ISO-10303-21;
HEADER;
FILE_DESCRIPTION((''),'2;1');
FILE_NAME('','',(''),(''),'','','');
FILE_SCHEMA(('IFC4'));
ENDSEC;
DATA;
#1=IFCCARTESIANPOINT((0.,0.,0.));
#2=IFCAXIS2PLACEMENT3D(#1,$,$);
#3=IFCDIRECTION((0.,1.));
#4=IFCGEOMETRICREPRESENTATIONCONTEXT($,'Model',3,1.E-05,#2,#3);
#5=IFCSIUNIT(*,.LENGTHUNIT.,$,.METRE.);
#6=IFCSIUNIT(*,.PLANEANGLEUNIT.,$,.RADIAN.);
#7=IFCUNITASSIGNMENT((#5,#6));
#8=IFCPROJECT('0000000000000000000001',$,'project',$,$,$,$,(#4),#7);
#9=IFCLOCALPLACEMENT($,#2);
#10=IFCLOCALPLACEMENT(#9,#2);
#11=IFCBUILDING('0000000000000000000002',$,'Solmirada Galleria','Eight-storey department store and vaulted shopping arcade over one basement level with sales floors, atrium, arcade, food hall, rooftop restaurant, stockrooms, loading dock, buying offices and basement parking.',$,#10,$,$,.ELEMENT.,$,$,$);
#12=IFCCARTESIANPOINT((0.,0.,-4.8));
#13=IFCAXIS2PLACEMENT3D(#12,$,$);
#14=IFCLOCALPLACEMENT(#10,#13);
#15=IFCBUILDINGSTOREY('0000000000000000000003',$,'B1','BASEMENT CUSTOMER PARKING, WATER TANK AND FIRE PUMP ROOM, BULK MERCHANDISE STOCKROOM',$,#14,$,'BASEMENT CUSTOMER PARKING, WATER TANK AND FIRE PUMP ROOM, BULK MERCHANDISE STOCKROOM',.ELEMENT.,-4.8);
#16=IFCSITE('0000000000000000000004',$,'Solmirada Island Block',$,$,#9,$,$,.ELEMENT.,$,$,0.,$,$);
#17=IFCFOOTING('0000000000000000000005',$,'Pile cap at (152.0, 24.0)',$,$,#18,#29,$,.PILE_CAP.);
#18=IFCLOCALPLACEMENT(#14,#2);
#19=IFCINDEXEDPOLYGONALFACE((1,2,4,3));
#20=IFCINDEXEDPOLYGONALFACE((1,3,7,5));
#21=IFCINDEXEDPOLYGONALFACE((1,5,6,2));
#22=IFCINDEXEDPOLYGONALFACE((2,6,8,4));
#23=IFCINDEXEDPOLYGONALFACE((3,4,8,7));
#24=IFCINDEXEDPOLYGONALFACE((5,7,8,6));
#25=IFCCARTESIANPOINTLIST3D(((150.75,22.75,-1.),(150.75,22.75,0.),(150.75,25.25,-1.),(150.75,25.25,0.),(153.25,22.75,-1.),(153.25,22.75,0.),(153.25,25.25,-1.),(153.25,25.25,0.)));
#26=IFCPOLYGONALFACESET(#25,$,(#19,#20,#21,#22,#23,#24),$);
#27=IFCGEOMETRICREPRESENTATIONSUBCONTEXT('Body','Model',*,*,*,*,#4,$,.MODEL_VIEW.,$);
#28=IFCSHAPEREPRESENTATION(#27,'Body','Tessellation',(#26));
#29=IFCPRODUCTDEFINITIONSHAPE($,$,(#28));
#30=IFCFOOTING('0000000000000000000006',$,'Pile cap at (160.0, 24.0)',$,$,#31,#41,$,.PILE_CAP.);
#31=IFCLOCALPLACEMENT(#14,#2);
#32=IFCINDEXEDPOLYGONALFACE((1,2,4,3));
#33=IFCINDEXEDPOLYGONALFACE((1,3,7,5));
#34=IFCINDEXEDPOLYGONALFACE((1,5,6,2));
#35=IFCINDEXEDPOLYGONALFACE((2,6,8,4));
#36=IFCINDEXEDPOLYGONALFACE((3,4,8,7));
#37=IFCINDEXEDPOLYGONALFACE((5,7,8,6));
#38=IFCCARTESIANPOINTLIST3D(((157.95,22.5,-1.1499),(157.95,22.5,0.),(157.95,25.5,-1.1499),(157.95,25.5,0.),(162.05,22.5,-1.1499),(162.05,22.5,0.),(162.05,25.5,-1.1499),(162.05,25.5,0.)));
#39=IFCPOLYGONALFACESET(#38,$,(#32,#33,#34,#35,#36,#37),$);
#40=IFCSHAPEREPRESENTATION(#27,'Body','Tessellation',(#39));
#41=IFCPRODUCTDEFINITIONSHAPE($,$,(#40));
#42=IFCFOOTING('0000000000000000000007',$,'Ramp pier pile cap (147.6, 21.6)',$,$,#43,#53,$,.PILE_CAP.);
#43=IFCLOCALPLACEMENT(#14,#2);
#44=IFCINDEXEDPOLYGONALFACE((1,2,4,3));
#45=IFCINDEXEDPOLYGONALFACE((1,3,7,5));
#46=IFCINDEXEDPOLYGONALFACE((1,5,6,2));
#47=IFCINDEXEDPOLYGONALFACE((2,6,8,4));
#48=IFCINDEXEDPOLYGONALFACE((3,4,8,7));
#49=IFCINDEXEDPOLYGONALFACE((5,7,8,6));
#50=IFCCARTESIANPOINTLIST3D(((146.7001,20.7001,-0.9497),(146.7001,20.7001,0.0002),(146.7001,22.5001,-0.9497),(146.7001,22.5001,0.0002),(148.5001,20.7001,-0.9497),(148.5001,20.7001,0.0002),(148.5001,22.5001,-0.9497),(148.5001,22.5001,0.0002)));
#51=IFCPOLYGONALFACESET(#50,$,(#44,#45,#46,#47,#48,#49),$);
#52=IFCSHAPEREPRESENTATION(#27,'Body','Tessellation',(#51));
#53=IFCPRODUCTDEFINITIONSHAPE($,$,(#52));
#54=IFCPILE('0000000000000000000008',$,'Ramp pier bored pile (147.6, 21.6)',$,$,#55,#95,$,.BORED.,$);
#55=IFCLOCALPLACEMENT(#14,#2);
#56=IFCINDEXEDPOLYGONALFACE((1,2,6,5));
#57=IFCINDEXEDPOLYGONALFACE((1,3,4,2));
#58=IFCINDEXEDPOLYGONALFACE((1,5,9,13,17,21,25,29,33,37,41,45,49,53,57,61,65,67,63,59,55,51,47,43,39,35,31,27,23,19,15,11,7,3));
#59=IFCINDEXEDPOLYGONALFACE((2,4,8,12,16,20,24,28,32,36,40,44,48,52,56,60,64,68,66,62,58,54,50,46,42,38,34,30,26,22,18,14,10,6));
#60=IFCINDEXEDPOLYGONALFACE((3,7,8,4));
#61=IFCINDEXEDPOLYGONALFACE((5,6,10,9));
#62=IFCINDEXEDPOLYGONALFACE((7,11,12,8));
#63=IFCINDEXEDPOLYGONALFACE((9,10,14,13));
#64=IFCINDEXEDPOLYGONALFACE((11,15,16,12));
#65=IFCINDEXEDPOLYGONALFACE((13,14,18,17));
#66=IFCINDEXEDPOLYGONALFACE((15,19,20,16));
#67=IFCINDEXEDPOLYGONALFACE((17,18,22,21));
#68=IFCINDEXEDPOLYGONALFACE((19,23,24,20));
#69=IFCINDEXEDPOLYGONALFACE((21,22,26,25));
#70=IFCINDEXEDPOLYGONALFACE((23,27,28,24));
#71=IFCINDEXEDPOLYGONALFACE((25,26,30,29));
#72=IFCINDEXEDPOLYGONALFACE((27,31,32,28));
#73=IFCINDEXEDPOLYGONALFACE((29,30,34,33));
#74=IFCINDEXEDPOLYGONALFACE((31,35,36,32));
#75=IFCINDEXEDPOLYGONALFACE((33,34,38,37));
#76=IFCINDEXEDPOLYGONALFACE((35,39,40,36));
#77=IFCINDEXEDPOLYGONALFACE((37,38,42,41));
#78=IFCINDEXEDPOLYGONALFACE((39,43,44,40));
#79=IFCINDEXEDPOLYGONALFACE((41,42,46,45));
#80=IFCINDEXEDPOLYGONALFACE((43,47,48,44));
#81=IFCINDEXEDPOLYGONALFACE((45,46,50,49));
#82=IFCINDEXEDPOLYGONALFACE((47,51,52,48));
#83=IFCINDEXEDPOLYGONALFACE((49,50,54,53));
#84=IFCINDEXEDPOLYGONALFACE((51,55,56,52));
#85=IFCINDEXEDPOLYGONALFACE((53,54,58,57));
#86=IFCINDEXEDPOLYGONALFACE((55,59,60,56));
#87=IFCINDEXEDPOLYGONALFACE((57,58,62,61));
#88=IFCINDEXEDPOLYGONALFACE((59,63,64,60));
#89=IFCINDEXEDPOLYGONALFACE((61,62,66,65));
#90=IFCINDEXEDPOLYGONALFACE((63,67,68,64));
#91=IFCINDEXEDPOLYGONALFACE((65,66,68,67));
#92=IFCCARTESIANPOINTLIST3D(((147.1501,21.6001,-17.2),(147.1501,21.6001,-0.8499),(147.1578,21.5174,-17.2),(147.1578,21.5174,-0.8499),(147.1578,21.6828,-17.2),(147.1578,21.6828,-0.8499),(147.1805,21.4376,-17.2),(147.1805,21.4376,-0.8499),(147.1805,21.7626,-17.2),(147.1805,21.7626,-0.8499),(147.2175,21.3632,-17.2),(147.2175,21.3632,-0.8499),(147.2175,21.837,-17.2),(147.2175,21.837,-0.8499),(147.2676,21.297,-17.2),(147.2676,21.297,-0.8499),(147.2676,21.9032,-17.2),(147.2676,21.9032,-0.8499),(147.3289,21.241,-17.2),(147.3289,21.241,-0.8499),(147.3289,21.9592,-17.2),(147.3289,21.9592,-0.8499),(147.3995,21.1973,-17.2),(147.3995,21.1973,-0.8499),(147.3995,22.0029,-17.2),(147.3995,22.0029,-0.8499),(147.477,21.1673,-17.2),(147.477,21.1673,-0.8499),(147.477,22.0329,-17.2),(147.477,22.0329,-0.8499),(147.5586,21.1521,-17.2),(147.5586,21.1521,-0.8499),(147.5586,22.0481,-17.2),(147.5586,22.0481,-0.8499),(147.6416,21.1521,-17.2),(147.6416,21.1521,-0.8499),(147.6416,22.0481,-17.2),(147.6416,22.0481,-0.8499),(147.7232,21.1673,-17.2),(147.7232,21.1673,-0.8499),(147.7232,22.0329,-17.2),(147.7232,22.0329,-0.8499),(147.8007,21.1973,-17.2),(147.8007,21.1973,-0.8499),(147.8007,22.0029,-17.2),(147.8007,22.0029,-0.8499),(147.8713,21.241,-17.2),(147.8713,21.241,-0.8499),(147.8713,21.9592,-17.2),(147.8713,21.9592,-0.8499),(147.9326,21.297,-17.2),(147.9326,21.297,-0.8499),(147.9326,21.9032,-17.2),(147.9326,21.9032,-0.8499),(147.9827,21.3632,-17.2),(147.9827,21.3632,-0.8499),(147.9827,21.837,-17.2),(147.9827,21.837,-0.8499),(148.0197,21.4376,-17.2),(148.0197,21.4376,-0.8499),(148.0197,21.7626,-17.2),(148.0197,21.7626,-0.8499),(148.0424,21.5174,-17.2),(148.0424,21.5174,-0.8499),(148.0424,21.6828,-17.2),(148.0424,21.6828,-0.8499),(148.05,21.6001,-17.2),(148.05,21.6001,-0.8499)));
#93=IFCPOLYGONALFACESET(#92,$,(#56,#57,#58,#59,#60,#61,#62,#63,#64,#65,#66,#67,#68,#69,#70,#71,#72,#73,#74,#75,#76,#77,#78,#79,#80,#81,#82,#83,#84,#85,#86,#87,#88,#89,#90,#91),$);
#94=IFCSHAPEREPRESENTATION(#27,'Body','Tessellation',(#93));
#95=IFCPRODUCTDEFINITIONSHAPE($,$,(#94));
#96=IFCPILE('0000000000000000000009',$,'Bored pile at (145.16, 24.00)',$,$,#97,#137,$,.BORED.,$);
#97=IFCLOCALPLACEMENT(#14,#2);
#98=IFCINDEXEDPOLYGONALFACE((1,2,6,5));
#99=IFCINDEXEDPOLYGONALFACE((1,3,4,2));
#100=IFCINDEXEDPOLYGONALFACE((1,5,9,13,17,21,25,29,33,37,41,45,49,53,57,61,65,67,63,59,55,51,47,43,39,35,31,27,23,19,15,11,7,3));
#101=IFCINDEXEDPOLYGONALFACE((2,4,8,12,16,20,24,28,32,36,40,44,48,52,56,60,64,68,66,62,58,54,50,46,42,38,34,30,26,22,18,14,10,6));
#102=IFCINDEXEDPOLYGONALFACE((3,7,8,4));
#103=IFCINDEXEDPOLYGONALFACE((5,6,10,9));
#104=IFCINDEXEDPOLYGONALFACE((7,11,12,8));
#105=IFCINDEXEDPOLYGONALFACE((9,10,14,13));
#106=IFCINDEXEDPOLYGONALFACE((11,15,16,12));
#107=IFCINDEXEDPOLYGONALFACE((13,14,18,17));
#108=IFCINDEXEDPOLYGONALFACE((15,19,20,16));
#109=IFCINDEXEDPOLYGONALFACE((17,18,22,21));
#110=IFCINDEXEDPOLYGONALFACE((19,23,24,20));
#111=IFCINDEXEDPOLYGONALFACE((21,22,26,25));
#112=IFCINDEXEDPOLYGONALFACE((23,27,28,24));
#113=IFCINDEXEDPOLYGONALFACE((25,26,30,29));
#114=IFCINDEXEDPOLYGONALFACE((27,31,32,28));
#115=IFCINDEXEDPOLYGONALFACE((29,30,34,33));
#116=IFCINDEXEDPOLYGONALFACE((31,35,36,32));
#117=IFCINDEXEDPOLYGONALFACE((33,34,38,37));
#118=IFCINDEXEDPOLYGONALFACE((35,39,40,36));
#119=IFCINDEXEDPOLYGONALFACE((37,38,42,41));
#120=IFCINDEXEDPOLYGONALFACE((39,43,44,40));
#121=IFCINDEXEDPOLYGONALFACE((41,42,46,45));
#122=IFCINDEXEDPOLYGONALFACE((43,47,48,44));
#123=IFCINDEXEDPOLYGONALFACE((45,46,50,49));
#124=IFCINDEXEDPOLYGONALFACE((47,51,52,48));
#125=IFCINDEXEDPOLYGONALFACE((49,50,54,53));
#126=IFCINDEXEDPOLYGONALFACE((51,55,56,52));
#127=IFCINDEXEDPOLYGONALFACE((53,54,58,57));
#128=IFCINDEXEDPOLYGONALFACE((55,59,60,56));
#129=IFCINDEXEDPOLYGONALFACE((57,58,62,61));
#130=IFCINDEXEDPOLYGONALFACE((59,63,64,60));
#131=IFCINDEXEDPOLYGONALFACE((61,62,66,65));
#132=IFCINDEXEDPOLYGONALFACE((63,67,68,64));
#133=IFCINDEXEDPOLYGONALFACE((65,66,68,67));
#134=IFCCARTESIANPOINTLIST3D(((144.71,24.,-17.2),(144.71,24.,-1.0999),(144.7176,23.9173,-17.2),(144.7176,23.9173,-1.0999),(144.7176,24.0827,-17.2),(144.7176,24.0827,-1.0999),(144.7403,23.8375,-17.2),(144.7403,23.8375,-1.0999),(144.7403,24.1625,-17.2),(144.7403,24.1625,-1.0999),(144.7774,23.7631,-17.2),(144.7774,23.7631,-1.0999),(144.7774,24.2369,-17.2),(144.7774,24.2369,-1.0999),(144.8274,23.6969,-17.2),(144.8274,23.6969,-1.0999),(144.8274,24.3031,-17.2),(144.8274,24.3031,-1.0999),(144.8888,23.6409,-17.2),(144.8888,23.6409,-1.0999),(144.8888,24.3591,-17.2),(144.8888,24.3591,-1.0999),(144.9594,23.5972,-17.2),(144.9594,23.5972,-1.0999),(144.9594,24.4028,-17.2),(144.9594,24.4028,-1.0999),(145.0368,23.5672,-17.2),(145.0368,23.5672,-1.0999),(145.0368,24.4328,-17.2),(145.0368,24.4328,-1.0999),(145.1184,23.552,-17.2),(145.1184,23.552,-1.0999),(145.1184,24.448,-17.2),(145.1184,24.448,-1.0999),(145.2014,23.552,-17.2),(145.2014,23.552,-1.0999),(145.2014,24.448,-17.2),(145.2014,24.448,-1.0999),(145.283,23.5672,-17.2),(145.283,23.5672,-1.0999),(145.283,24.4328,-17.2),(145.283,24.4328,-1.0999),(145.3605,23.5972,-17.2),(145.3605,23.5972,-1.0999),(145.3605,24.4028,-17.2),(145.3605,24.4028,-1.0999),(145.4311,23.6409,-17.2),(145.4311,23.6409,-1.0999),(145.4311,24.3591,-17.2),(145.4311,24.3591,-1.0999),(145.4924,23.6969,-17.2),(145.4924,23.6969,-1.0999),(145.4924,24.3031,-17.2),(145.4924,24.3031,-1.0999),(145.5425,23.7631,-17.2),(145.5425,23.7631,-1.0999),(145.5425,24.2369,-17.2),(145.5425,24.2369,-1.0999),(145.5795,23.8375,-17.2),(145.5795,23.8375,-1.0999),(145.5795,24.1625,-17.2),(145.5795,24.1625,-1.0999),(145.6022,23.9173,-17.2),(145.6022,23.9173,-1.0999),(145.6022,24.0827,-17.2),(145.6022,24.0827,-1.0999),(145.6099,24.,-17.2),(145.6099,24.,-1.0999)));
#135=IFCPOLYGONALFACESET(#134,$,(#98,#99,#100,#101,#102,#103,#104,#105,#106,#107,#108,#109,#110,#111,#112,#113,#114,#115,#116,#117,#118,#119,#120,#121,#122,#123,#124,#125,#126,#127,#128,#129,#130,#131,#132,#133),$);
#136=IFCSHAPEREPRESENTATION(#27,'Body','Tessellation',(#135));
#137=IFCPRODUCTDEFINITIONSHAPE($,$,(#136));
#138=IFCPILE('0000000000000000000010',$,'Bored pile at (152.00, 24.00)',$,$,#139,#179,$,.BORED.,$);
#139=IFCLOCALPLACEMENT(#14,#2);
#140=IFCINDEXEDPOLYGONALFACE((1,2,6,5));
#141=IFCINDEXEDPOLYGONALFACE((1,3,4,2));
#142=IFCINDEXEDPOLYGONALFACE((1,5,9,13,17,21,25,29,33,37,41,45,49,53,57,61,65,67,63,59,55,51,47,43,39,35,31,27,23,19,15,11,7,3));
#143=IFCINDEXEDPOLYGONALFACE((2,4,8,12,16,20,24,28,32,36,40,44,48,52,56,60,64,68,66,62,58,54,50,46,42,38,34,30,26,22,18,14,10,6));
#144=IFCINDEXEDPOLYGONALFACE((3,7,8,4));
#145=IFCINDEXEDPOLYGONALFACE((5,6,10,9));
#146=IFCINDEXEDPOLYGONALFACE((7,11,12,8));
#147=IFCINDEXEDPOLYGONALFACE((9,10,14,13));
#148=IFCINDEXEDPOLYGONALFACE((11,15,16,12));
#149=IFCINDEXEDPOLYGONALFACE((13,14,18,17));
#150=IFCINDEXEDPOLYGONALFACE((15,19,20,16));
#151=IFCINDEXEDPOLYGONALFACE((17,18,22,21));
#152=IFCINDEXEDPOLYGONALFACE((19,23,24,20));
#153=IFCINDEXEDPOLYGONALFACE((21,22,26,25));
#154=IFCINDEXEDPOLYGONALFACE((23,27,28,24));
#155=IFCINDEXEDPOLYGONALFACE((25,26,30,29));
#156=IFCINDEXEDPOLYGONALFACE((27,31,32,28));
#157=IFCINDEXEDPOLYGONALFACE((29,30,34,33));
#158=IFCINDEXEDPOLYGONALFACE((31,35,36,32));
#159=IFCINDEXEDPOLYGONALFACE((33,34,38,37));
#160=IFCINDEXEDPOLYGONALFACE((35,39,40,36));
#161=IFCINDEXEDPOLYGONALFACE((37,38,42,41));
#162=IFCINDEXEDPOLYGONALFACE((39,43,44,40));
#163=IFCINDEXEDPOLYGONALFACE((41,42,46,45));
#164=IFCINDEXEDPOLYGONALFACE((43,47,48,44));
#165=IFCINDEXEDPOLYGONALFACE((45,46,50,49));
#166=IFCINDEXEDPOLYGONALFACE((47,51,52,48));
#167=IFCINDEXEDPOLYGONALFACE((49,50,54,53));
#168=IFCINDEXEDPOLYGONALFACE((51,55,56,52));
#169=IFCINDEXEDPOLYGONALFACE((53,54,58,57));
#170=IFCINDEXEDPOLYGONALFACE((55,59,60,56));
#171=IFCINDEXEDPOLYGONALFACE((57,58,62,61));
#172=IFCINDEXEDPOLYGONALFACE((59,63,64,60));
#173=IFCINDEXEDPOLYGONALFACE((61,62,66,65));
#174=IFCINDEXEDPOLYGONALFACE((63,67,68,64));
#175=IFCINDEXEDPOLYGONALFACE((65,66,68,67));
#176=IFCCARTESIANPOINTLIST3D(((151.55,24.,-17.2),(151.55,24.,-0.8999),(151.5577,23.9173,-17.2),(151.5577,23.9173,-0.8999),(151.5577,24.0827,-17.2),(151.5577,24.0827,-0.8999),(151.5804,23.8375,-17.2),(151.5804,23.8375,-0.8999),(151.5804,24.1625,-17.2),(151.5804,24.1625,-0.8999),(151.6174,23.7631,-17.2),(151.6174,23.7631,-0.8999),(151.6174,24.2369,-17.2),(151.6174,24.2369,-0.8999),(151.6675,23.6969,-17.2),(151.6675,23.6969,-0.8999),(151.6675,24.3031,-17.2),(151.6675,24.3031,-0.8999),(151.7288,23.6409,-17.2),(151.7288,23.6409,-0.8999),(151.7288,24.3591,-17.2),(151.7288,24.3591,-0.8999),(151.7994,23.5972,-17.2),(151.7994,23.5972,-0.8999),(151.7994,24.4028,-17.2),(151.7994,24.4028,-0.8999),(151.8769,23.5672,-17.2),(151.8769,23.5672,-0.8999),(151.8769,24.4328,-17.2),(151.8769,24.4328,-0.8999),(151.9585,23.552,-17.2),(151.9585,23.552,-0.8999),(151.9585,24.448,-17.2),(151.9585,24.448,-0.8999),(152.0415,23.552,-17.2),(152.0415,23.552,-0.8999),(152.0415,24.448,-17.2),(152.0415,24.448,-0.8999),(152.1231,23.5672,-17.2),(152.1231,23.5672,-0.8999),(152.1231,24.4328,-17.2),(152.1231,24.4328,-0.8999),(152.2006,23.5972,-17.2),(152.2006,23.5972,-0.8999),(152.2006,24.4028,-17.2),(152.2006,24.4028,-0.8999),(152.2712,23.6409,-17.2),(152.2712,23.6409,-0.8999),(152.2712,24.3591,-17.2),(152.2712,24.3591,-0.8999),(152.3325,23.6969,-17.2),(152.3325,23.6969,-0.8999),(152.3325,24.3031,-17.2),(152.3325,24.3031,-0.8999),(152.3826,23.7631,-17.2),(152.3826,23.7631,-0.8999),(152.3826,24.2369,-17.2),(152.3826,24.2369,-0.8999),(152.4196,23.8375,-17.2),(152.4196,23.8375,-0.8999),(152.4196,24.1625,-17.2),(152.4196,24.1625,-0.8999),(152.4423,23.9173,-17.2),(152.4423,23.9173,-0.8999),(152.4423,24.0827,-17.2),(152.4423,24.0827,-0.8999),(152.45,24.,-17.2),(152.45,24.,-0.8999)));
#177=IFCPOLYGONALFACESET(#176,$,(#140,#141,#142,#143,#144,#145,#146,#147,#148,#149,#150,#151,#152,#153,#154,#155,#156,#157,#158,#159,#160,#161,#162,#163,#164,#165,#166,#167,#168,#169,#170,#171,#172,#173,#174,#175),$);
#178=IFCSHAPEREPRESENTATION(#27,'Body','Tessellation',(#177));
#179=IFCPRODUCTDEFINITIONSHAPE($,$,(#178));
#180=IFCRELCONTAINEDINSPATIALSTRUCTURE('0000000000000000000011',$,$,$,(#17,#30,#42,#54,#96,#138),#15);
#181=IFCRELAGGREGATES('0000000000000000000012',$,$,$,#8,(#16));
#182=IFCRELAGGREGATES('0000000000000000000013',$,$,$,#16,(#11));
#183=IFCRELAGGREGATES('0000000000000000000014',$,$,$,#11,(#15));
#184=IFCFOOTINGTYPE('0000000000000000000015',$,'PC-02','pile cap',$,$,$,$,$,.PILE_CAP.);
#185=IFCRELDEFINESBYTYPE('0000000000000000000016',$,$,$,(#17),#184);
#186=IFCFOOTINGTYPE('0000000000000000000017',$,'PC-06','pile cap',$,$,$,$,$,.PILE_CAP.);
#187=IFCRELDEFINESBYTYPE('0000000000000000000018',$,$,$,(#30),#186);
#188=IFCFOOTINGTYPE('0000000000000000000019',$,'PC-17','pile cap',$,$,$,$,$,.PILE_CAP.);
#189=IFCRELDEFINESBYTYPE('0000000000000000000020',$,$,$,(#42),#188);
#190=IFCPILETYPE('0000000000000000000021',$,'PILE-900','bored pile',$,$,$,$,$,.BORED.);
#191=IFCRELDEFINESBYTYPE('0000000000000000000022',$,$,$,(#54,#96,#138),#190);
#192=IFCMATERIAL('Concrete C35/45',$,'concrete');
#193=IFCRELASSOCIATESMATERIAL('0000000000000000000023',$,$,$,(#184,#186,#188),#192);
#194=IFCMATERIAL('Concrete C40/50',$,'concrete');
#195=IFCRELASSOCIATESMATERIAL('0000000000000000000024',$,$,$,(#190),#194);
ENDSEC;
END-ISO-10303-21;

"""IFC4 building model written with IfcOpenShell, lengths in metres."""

from ifc_helpers import new_model, si_unit, direction, frame, origin, origin_2d, place, context, subcontext, project, spatial, rectangle, circle, extrude, material, material_profile, profile_set, type_object, element, save


model = new_model("IFC4")

# Units and contexts
model_context = context("Model", 3, precision=1e-05, world=origin(), true_north=direction((0.0, 1.0)))
body_context = subcontext(model_context, "Body", "Model", "MODEL_VIEW")
ifc_project = project(units=[si_unit("LENGTHUNIT", "METRE"), si_unit("PLANEANGLEUNIT", "RADIAN")], contexts=[model_context])

# Site, building, storey
site_placement = place(None, origin())
site = spatial("IfcSite", under=ifc_project, at=site_placement, Name="Solmirada Island Block", CompositionType="ELEMENT", RefElevation=0.0)
building_placement = place(site_placement, origin())
building = spatial("IfcBuilding", under=site, at=building_placement, Name="Solmirada Galleria", Description="Eight-storey department store and vaulted shopping arcade over one basement level with sales floors, atrium, arcade, food hall, rooftop restaurant, stockrooms, loading dock, buying offices and basement parking.", CompositionType="ELEMENT")
storey_placement = place(building_placement, frame((0.0, 0.0, -4.8)))
storey = spatial("IfcBuildingStorey", under=building, at=storey_placement, Name="B1", Description="BASEMENT CUSTOMER PARKING, WATER TANK AND FIRE PUMP ROOM, BULK MERCHANDISE STOCKROOM", LongName="BASEMENT CUSTOMER PARKING, WATER TANK AND FIRE PUMP ROOM, BULK MERCHANDISE STOCKROOM", CompositionType="ELEMENT", Elevation=-4.8)

# Footings
ifc_material_1 = material(Name="Concrete C35/45", Category="concrete")
footing_type_1 = type_object("IfcFootingType", Name="PC-02", Description="pile cap", PredefinedType="PILE_CAP", material=ifc_material_1)
footing_1_placement = place(storey_placement, frame((152.0, 24.0, -1.0), z_axis=(0.0, 0.0, 1.0), x_axis=(1.0, 0.0, 0.0)))
element("IfcFooting", 1, at=footing_1_placement, inside=storey, type_object=footing_type_1, Name="Pile cap at (152.0, 24.0)", PredefinedType="PILE_CAP", context=body_context, shape_type="SweptSolid", body=[
    extrude(rectangle(XDim=2.5, YDim=2.5, at=origin_2d()), origin(), (0.0, 0.0, 1.0), 1.0),
])
footing_type_2 = type_object("IfcFootingType", Name="PC-06", Description="pile cap", PredefinedType="PILE_CAP", material=ifc_material_1)
footing_2_placement = place(storey_placement, frame((160.0, 24.0, -1.1499), z_axis=(0.0, 0.0, 1.0), x_axis=(1.0, 0.0, 0.0)))
element("IfcFooting", 2, at=footing_2_placement, inside=storey, type_object=footing_type_2, Name="Pile cap at (160.0, 24.0)", PredefinedType="PILE_CAP", context=body_context, shape_type="SweptSolid", body=[
    extrude(rectangle(XDim=4.1001, YDim=3.0, at=origin_2d()), origin(), (0.0, 0.0, 1.0), 1.1499),
])
footing_type_3 = type_object("IfcFootingType", Name="PC-17", Description="pile cap", PredefinedType="PILE_CAP", material=ifc_material_1)
footing_3_placement = place(storey_placement, frame((147.6001, 21.6001, -0.9497), z_axis=(0.0, 0.0, 1.0), x_axis=(1.0, 0.0, 0.0)))
element("IfcFooting", 3, at=footing_3_placement, inside=storey, type_object=footing_type_3, Name="Ramp pier pile cap (147.6, 21.6)", PredefinedType="PILE_CAP", context=body_context, shape_type="SweptSolid", body=[
    extrude(rectangle(XDim=1.8, YDim=1.8, at=origin_2d()), origin(), (0.0, 0.0, 1.0), 0.95),
])

# Piles
ifc_material_2 = material(Name="Concrete C40/50", Category="concrete")
ifc_material_profile_1 = material_profile(ifc_material_2, circle(Radius=0.45, at=origin_2d()), Name="PILE900")
ifc_profile_set_1 = profile_set([ifc_material_profile_1], Name="Concrete C40/50")
pile_type = type_object("IfcPileType", Name="PILE-900", Description="bored pile", PredefinedType="BORED", material=ifc_profile_set_1)
pile_1_placement = place(storey_placement, frame((147.6001, 21.6001, -0.8499), z_axis=(0.0, 0.0, -1.0), x_axis=(1.0, 0.0, 0.0)))
element("IfcPile", 4, at=pile_1_placement, inside=storey, type_object=pile_type, Name="Ramp pier bored pile (147.6, 21.6)", PredefinedType="BORED", context=body_context, shape_type="SweptSolid", body=[
    extrude(circle(Radius=0.45, at=origin_2d()), origin(), (0.0, 0.0, 1.0), 16.3501),
])
pile_2_placement = place(storey_placement, frame((145.1599, 24.0, -1.0999), z_axis=(0.0, 0.0, -1.0), x_axis=(1.0, 0.0, 0.0)))
element("IfcPile", 5, at=pile_2_placement, inside=storey, type_object=pile_type, Name="Bored pile at (145.16, 24.00)", PredefinedType="BORED", context=body_context, shape_type="SweptSolid", body=[
    extrude(circle(Radius=0.45, at=origin_2d()), origin(), (0.0, 0.0, 1.0), 16.1001),
])
pile_3_placement = place(storey_placement, frame((152.0, 24.0, -0.8999), z_axis=(0.0, 0.0, -1.0), x_axis=(1.0, 0.0, 0.0)))
element("IfcPile", 6, at=pile_3_placement, inside=storey, type_object=pile_type, Name="Bored pile at (152.00, 24.00)", PredefinedType="BORED", context=body_context, shape_type="SweptSolid", body=[
    extrude(circle(Radius=0.45, at=origin_2d()), origin(), (0.0, 0.0, 1.0), 16.3),
])

save(model, "model.ifc")
